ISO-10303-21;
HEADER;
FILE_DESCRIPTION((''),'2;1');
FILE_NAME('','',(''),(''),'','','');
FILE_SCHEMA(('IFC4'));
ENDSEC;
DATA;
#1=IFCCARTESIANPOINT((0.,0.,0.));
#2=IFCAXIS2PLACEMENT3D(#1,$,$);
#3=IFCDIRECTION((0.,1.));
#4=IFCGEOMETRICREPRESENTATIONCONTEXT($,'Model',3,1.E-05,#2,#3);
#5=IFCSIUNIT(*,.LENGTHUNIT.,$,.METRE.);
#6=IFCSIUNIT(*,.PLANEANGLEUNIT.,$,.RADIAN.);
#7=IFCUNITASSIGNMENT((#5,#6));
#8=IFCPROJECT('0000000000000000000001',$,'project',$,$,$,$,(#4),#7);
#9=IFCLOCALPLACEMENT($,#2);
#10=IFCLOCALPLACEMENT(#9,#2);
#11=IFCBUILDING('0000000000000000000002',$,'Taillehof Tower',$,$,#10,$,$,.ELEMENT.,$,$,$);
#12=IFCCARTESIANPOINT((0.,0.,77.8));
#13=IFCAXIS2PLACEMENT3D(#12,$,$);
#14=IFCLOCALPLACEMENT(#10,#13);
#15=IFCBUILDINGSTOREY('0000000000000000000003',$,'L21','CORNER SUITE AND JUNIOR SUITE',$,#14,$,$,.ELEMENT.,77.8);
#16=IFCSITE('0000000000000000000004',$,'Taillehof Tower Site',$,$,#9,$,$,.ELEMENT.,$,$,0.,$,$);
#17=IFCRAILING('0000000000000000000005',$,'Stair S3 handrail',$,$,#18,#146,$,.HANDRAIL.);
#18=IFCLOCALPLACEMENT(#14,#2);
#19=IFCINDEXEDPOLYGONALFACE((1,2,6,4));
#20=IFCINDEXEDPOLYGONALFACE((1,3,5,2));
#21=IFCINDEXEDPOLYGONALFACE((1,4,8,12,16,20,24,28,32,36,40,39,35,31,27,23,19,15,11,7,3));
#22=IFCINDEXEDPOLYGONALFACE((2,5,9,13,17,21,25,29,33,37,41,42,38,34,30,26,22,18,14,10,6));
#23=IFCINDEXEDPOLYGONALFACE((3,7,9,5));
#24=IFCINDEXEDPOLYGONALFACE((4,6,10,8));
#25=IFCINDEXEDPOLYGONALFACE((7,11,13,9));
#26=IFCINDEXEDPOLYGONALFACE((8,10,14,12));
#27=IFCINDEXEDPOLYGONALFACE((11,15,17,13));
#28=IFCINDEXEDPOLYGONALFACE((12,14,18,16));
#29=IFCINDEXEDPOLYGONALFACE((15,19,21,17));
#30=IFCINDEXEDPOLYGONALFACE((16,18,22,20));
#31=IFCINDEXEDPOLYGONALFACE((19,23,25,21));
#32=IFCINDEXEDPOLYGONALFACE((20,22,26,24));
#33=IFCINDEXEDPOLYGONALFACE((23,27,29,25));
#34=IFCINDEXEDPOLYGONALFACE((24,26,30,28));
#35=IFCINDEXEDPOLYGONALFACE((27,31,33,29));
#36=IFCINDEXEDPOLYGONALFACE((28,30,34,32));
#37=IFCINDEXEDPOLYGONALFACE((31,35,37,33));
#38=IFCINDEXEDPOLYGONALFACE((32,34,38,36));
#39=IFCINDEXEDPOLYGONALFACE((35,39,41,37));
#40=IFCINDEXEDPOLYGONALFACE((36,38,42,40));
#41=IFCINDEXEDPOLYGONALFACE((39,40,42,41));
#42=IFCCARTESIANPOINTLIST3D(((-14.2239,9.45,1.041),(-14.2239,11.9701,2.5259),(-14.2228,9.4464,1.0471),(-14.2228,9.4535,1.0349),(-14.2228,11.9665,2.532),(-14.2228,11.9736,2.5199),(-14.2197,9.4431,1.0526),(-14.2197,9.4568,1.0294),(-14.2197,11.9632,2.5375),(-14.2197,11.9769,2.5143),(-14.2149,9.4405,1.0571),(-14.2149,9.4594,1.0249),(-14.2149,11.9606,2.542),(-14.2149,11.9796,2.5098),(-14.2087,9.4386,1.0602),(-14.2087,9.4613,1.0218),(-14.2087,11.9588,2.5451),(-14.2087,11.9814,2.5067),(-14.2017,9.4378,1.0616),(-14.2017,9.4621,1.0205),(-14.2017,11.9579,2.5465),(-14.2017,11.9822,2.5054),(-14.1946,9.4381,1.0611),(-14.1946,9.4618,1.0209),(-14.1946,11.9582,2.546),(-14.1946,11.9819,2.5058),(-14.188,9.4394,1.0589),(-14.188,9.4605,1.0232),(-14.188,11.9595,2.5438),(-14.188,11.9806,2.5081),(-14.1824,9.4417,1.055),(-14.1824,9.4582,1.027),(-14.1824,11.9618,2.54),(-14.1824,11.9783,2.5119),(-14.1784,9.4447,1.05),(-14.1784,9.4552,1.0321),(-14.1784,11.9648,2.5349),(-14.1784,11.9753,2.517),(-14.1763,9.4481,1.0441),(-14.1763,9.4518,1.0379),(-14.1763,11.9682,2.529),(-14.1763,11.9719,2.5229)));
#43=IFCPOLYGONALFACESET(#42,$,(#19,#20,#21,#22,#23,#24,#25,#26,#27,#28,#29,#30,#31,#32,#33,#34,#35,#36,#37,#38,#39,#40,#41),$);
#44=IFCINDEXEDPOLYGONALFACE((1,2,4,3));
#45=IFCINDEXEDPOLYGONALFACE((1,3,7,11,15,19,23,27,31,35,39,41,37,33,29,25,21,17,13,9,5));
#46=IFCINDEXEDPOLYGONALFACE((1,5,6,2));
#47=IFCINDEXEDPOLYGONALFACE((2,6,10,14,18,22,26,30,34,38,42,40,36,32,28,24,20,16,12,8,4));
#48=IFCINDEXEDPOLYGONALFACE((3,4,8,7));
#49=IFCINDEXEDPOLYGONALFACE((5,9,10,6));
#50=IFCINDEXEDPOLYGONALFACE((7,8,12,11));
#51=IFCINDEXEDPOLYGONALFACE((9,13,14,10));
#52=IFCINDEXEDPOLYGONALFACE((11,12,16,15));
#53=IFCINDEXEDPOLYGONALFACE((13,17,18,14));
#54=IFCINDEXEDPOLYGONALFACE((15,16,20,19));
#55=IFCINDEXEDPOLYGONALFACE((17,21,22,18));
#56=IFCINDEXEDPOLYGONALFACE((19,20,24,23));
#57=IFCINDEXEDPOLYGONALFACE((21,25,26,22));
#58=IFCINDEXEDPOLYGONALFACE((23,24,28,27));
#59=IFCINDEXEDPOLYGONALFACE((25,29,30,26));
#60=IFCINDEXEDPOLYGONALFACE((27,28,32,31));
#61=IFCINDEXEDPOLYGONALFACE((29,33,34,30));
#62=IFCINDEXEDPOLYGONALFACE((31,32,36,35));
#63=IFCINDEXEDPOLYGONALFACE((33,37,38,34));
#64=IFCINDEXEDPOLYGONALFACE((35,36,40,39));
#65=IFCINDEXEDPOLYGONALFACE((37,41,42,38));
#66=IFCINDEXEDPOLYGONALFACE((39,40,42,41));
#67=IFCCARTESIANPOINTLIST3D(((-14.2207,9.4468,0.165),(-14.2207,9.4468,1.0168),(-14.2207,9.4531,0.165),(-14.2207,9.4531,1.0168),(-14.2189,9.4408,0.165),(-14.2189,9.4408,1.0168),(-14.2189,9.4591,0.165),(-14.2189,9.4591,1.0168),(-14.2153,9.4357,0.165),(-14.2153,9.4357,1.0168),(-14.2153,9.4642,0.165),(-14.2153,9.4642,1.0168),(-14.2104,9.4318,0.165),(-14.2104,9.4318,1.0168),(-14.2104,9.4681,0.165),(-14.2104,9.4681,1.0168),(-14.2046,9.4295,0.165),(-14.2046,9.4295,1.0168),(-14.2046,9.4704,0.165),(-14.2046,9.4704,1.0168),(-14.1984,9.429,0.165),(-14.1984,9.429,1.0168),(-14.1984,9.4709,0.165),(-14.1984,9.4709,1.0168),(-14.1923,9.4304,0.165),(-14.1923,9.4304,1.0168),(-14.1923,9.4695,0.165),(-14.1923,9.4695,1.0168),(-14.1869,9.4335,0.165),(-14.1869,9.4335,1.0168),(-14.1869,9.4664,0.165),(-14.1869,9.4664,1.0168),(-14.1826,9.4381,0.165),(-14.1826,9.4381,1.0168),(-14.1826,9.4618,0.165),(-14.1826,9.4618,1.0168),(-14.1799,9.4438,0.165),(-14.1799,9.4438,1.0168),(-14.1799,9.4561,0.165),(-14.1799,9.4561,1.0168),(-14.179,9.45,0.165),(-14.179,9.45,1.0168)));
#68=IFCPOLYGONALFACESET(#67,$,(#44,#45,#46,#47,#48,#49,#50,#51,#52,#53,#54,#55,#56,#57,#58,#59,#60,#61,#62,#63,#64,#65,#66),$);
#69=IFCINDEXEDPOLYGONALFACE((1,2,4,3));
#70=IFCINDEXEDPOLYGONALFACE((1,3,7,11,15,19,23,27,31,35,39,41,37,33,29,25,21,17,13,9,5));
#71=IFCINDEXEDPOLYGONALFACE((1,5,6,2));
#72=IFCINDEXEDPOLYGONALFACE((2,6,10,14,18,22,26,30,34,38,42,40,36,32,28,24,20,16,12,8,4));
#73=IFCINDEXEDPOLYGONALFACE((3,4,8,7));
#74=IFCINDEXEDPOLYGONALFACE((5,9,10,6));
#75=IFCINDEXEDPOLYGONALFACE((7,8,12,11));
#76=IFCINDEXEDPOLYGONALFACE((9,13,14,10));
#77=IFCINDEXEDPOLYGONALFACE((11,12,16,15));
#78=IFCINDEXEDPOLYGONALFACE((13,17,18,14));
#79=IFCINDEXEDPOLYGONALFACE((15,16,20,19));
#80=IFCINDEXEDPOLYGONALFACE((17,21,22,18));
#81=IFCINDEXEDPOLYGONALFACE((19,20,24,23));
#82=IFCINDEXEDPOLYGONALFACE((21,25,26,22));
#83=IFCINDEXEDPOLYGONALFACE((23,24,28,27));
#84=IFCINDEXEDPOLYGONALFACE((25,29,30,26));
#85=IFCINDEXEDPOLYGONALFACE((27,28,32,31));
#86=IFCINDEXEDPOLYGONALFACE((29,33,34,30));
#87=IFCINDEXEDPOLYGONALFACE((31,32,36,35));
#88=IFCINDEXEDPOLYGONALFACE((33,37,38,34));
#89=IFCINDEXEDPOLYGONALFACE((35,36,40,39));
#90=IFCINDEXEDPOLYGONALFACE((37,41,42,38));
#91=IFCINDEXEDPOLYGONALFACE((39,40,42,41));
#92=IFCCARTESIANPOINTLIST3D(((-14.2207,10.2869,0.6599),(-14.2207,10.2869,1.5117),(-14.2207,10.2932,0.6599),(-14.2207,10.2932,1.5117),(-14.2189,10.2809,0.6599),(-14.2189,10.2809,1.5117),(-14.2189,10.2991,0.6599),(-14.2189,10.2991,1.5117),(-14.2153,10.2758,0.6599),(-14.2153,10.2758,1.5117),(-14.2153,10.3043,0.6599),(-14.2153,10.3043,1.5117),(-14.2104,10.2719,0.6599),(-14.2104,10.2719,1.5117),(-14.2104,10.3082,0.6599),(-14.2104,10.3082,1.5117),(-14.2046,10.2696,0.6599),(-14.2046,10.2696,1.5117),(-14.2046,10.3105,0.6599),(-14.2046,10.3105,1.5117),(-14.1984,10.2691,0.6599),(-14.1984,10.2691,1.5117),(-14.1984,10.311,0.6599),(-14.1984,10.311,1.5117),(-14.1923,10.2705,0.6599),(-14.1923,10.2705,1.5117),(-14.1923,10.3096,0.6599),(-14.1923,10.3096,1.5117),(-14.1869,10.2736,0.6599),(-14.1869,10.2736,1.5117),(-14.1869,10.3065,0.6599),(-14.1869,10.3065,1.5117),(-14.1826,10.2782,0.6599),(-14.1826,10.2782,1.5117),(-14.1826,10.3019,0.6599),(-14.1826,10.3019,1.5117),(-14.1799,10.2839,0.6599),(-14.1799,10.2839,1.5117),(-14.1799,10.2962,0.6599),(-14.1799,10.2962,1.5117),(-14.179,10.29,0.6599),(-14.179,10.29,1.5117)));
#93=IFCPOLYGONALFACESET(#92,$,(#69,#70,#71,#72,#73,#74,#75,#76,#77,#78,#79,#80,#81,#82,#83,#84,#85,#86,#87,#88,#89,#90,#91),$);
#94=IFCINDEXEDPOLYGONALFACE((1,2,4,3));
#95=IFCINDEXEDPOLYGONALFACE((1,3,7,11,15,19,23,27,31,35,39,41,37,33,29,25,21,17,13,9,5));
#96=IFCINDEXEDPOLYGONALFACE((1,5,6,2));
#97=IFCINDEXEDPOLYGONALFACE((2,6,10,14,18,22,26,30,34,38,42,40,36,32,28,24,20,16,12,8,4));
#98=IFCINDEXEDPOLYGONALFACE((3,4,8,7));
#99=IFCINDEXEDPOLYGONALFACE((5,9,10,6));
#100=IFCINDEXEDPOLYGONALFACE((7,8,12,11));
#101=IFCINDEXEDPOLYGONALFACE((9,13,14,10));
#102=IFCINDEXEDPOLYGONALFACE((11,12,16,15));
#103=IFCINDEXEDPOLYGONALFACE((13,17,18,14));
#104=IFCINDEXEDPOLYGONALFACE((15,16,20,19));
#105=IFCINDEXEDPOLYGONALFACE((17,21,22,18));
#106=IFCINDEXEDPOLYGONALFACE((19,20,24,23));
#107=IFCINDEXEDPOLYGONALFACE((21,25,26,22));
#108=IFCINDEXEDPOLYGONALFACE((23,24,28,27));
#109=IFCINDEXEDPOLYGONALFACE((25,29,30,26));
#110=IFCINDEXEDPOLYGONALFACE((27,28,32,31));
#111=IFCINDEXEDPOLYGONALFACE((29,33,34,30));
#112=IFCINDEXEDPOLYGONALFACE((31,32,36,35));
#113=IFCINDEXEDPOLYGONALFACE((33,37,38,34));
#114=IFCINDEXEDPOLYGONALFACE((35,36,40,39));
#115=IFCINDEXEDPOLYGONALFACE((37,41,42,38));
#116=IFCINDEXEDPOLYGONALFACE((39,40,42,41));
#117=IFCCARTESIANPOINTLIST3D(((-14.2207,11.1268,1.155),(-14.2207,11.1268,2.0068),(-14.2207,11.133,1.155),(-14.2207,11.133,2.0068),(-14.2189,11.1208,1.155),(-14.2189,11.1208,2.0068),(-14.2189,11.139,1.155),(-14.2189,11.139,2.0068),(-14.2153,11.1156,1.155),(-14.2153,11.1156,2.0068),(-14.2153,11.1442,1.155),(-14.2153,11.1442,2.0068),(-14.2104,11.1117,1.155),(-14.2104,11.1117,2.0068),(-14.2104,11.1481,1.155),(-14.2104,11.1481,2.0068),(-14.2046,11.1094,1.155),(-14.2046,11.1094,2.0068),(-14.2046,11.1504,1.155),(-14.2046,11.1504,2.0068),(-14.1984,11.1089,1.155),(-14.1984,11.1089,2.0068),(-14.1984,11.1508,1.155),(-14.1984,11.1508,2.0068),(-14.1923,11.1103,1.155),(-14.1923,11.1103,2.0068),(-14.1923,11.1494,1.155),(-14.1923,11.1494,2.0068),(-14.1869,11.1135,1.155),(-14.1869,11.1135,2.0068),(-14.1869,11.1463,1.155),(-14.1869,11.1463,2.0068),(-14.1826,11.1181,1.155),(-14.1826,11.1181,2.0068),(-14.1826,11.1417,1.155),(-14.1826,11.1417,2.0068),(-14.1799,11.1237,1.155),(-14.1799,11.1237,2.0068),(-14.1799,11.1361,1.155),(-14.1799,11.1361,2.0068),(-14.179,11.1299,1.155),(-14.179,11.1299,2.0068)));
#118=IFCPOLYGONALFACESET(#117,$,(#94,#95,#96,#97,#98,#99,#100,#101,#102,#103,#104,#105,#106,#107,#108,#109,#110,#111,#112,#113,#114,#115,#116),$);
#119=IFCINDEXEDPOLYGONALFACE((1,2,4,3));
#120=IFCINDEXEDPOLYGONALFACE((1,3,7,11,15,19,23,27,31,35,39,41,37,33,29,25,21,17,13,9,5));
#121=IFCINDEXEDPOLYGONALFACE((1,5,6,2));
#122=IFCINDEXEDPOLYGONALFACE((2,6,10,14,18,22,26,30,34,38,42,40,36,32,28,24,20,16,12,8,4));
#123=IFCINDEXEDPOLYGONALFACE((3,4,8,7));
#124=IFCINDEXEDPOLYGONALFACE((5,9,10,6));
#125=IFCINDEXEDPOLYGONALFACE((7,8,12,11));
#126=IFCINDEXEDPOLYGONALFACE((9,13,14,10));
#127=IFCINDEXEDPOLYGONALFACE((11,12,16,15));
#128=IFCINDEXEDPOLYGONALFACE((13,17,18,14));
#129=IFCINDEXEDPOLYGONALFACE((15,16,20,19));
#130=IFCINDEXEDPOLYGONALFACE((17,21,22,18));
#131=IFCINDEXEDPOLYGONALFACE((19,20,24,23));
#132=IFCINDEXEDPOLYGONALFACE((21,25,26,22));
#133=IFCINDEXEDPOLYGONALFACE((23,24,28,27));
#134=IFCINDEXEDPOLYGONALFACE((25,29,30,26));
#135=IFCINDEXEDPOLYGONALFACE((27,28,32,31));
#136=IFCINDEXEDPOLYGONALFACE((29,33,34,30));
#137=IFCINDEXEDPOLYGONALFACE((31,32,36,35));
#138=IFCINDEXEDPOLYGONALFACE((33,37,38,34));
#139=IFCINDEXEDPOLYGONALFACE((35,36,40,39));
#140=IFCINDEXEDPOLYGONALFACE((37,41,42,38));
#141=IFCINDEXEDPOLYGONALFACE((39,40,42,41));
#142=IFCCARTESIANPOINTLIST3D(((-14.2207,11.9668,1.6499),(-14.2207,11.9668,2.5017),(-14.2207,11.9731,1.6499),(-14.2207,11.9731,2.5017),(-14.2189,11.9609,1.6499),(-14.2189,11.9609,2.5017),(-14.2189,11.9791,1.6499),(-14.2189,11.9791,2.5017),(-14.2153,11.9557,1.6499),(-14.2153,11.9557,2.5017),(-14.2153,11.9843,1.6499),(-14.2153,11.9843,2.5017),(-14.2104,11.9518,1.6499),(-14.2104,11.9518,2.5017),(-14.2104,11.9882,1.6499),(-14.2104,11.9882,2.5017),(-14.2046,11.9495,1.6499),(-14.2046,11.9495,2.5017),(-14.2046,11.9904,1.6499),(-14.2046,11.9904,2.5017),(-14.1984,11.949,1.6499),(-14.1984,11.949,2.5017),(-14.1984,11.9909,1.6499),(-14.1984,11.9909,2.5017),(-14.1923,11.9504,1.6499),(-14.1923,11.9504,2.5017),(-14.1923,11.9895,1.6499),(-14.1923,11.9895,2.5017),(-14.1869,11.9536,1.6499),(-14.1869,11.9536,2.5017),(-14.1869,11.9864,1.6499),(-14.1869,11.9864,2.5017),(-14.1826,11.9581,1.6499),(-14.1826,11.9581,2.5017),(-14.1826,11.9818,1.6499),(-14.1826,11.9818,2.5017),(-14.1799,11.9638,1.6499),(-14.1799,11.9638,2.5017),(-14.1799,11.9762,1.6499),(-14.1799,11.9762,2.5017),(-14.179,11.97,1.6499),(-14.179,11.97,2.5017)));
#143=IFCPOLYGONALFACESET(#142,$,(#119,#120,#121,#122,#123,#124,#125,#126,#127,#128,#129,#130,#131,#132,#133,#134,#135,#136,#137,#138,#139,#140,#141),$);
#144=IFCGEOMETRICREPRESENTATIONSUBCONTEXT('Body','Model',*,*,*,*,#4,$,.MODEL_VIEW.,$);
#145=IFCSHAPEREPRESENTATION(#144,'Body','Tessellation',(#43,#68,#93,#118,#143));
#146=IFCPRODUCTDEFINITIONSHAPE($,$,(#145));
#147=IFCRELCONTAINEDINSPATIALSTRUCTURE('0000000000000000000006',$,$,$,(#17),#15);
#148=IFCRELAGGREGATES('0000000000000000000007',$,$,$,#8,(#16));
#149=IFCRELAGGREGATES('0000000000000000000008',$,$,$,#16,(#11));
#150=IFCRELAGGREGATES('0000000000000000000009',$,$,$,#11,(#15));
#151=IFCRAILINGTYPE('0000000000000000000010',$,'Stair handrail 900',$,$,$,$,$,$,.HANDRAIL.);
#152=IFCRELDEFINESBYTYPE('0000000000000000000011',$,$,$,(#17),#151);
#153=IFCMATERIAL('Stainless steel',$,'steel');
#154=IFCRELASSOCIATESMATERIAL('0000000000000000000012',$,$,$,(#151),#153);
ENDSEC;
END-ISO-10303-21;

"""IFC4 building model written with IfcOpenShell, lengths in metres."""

from ifc_helpers import new_model, si_unit, direction, frame, origin, origin_2d, place, context, subcontext, project, spatial, circle, extrude, material, type_object, element, save


model = new_model("IFC4")

# Units and contexts
model_context = context("Model", 3, precision=1e-05, world=origin(), true_north=direction((0.0, 1.0)))
body_context = subcontext(model_context, "Body", "Model", "MODEL_VIEW")
ifc_project = project(units=[si_unit("LENGTHUNIT", "METRE"), si_unit("PLANEANGLEUNIT", "RADIAN")], contexts=[model_context])

# Site, building, storey
site_placement = place(None, origin())
site = spatial("IfcSite", under=ifc_project, at=site_placement, Name="Taillehof Tower Site", CompositionType="ELEMENT", RefElevation=0.0)
building_placement = place(site_placement, origin())
building = spatial("IfcBuilding", under=site, at=building_placement, Name="Taillehof Tower", CompositionType="ELEMENT")
storey_placement = place(building_placement, frame((0.0, 0.0, 77.8)))
storey = spatial("IfcBuildingStorey", under=building, at=storey_placement, Name="L21", Description="CORNER SUITE AND JUNIOR SUITE", CompositionType="ELEMENT", Elevation=77.8)

# Railing
ifc_material_1 = material(Name="Stainless steel", Category="steel")
railing_type = type_object("IfcRailingType", Name="Stair handrail 900", PredefinedType="HANDRAIL", material=ifc_material_1)
railing_1_placement = place(storey_placement, frame((-14.2, 9.45, 0.165)))
element("IfcRailing", 1, at=railing_1_placement, inside=storey, type_object=railing_type, Name="Stair S3 handrail", PredefinedType="HANDRAIL", context=body_context, shape_type="SweptSolid", body=[
    extrude(circle(Radius=0.0239, at=origin_2d()), frame((0.0, 0.0, 0.876), z_axis=(0.0, 0.861561, 0.507655), x_axis=(-1.0, 0.0, 0.0)), (0.0, 0.0, 1.0), 2.925),
    extrude(circle(Radius=0.021, at=origin_2d()), origin(), (0.0, 0.0, 1.0), 0.8518),
    extrude(circle(Radius=0.021, at=origin_2d()), frame((0.0, 0.8401, 0.4949)), (0.0, 0.0, 1.0), 0.8518),
    extrude(circle(Radius=0.021, at=origin_2d()), frame((0.0, 1.6799, 0.99)), (0.0, 0.0, 1.0), 0.8518),
    extrude(circle(Radius=0.021, at=origin_2d()), frame((0.0, 2.52, 1.4849)), (0.0, 0.0, 1.0), 0.8518),
])

save(model, "model.ifc")
